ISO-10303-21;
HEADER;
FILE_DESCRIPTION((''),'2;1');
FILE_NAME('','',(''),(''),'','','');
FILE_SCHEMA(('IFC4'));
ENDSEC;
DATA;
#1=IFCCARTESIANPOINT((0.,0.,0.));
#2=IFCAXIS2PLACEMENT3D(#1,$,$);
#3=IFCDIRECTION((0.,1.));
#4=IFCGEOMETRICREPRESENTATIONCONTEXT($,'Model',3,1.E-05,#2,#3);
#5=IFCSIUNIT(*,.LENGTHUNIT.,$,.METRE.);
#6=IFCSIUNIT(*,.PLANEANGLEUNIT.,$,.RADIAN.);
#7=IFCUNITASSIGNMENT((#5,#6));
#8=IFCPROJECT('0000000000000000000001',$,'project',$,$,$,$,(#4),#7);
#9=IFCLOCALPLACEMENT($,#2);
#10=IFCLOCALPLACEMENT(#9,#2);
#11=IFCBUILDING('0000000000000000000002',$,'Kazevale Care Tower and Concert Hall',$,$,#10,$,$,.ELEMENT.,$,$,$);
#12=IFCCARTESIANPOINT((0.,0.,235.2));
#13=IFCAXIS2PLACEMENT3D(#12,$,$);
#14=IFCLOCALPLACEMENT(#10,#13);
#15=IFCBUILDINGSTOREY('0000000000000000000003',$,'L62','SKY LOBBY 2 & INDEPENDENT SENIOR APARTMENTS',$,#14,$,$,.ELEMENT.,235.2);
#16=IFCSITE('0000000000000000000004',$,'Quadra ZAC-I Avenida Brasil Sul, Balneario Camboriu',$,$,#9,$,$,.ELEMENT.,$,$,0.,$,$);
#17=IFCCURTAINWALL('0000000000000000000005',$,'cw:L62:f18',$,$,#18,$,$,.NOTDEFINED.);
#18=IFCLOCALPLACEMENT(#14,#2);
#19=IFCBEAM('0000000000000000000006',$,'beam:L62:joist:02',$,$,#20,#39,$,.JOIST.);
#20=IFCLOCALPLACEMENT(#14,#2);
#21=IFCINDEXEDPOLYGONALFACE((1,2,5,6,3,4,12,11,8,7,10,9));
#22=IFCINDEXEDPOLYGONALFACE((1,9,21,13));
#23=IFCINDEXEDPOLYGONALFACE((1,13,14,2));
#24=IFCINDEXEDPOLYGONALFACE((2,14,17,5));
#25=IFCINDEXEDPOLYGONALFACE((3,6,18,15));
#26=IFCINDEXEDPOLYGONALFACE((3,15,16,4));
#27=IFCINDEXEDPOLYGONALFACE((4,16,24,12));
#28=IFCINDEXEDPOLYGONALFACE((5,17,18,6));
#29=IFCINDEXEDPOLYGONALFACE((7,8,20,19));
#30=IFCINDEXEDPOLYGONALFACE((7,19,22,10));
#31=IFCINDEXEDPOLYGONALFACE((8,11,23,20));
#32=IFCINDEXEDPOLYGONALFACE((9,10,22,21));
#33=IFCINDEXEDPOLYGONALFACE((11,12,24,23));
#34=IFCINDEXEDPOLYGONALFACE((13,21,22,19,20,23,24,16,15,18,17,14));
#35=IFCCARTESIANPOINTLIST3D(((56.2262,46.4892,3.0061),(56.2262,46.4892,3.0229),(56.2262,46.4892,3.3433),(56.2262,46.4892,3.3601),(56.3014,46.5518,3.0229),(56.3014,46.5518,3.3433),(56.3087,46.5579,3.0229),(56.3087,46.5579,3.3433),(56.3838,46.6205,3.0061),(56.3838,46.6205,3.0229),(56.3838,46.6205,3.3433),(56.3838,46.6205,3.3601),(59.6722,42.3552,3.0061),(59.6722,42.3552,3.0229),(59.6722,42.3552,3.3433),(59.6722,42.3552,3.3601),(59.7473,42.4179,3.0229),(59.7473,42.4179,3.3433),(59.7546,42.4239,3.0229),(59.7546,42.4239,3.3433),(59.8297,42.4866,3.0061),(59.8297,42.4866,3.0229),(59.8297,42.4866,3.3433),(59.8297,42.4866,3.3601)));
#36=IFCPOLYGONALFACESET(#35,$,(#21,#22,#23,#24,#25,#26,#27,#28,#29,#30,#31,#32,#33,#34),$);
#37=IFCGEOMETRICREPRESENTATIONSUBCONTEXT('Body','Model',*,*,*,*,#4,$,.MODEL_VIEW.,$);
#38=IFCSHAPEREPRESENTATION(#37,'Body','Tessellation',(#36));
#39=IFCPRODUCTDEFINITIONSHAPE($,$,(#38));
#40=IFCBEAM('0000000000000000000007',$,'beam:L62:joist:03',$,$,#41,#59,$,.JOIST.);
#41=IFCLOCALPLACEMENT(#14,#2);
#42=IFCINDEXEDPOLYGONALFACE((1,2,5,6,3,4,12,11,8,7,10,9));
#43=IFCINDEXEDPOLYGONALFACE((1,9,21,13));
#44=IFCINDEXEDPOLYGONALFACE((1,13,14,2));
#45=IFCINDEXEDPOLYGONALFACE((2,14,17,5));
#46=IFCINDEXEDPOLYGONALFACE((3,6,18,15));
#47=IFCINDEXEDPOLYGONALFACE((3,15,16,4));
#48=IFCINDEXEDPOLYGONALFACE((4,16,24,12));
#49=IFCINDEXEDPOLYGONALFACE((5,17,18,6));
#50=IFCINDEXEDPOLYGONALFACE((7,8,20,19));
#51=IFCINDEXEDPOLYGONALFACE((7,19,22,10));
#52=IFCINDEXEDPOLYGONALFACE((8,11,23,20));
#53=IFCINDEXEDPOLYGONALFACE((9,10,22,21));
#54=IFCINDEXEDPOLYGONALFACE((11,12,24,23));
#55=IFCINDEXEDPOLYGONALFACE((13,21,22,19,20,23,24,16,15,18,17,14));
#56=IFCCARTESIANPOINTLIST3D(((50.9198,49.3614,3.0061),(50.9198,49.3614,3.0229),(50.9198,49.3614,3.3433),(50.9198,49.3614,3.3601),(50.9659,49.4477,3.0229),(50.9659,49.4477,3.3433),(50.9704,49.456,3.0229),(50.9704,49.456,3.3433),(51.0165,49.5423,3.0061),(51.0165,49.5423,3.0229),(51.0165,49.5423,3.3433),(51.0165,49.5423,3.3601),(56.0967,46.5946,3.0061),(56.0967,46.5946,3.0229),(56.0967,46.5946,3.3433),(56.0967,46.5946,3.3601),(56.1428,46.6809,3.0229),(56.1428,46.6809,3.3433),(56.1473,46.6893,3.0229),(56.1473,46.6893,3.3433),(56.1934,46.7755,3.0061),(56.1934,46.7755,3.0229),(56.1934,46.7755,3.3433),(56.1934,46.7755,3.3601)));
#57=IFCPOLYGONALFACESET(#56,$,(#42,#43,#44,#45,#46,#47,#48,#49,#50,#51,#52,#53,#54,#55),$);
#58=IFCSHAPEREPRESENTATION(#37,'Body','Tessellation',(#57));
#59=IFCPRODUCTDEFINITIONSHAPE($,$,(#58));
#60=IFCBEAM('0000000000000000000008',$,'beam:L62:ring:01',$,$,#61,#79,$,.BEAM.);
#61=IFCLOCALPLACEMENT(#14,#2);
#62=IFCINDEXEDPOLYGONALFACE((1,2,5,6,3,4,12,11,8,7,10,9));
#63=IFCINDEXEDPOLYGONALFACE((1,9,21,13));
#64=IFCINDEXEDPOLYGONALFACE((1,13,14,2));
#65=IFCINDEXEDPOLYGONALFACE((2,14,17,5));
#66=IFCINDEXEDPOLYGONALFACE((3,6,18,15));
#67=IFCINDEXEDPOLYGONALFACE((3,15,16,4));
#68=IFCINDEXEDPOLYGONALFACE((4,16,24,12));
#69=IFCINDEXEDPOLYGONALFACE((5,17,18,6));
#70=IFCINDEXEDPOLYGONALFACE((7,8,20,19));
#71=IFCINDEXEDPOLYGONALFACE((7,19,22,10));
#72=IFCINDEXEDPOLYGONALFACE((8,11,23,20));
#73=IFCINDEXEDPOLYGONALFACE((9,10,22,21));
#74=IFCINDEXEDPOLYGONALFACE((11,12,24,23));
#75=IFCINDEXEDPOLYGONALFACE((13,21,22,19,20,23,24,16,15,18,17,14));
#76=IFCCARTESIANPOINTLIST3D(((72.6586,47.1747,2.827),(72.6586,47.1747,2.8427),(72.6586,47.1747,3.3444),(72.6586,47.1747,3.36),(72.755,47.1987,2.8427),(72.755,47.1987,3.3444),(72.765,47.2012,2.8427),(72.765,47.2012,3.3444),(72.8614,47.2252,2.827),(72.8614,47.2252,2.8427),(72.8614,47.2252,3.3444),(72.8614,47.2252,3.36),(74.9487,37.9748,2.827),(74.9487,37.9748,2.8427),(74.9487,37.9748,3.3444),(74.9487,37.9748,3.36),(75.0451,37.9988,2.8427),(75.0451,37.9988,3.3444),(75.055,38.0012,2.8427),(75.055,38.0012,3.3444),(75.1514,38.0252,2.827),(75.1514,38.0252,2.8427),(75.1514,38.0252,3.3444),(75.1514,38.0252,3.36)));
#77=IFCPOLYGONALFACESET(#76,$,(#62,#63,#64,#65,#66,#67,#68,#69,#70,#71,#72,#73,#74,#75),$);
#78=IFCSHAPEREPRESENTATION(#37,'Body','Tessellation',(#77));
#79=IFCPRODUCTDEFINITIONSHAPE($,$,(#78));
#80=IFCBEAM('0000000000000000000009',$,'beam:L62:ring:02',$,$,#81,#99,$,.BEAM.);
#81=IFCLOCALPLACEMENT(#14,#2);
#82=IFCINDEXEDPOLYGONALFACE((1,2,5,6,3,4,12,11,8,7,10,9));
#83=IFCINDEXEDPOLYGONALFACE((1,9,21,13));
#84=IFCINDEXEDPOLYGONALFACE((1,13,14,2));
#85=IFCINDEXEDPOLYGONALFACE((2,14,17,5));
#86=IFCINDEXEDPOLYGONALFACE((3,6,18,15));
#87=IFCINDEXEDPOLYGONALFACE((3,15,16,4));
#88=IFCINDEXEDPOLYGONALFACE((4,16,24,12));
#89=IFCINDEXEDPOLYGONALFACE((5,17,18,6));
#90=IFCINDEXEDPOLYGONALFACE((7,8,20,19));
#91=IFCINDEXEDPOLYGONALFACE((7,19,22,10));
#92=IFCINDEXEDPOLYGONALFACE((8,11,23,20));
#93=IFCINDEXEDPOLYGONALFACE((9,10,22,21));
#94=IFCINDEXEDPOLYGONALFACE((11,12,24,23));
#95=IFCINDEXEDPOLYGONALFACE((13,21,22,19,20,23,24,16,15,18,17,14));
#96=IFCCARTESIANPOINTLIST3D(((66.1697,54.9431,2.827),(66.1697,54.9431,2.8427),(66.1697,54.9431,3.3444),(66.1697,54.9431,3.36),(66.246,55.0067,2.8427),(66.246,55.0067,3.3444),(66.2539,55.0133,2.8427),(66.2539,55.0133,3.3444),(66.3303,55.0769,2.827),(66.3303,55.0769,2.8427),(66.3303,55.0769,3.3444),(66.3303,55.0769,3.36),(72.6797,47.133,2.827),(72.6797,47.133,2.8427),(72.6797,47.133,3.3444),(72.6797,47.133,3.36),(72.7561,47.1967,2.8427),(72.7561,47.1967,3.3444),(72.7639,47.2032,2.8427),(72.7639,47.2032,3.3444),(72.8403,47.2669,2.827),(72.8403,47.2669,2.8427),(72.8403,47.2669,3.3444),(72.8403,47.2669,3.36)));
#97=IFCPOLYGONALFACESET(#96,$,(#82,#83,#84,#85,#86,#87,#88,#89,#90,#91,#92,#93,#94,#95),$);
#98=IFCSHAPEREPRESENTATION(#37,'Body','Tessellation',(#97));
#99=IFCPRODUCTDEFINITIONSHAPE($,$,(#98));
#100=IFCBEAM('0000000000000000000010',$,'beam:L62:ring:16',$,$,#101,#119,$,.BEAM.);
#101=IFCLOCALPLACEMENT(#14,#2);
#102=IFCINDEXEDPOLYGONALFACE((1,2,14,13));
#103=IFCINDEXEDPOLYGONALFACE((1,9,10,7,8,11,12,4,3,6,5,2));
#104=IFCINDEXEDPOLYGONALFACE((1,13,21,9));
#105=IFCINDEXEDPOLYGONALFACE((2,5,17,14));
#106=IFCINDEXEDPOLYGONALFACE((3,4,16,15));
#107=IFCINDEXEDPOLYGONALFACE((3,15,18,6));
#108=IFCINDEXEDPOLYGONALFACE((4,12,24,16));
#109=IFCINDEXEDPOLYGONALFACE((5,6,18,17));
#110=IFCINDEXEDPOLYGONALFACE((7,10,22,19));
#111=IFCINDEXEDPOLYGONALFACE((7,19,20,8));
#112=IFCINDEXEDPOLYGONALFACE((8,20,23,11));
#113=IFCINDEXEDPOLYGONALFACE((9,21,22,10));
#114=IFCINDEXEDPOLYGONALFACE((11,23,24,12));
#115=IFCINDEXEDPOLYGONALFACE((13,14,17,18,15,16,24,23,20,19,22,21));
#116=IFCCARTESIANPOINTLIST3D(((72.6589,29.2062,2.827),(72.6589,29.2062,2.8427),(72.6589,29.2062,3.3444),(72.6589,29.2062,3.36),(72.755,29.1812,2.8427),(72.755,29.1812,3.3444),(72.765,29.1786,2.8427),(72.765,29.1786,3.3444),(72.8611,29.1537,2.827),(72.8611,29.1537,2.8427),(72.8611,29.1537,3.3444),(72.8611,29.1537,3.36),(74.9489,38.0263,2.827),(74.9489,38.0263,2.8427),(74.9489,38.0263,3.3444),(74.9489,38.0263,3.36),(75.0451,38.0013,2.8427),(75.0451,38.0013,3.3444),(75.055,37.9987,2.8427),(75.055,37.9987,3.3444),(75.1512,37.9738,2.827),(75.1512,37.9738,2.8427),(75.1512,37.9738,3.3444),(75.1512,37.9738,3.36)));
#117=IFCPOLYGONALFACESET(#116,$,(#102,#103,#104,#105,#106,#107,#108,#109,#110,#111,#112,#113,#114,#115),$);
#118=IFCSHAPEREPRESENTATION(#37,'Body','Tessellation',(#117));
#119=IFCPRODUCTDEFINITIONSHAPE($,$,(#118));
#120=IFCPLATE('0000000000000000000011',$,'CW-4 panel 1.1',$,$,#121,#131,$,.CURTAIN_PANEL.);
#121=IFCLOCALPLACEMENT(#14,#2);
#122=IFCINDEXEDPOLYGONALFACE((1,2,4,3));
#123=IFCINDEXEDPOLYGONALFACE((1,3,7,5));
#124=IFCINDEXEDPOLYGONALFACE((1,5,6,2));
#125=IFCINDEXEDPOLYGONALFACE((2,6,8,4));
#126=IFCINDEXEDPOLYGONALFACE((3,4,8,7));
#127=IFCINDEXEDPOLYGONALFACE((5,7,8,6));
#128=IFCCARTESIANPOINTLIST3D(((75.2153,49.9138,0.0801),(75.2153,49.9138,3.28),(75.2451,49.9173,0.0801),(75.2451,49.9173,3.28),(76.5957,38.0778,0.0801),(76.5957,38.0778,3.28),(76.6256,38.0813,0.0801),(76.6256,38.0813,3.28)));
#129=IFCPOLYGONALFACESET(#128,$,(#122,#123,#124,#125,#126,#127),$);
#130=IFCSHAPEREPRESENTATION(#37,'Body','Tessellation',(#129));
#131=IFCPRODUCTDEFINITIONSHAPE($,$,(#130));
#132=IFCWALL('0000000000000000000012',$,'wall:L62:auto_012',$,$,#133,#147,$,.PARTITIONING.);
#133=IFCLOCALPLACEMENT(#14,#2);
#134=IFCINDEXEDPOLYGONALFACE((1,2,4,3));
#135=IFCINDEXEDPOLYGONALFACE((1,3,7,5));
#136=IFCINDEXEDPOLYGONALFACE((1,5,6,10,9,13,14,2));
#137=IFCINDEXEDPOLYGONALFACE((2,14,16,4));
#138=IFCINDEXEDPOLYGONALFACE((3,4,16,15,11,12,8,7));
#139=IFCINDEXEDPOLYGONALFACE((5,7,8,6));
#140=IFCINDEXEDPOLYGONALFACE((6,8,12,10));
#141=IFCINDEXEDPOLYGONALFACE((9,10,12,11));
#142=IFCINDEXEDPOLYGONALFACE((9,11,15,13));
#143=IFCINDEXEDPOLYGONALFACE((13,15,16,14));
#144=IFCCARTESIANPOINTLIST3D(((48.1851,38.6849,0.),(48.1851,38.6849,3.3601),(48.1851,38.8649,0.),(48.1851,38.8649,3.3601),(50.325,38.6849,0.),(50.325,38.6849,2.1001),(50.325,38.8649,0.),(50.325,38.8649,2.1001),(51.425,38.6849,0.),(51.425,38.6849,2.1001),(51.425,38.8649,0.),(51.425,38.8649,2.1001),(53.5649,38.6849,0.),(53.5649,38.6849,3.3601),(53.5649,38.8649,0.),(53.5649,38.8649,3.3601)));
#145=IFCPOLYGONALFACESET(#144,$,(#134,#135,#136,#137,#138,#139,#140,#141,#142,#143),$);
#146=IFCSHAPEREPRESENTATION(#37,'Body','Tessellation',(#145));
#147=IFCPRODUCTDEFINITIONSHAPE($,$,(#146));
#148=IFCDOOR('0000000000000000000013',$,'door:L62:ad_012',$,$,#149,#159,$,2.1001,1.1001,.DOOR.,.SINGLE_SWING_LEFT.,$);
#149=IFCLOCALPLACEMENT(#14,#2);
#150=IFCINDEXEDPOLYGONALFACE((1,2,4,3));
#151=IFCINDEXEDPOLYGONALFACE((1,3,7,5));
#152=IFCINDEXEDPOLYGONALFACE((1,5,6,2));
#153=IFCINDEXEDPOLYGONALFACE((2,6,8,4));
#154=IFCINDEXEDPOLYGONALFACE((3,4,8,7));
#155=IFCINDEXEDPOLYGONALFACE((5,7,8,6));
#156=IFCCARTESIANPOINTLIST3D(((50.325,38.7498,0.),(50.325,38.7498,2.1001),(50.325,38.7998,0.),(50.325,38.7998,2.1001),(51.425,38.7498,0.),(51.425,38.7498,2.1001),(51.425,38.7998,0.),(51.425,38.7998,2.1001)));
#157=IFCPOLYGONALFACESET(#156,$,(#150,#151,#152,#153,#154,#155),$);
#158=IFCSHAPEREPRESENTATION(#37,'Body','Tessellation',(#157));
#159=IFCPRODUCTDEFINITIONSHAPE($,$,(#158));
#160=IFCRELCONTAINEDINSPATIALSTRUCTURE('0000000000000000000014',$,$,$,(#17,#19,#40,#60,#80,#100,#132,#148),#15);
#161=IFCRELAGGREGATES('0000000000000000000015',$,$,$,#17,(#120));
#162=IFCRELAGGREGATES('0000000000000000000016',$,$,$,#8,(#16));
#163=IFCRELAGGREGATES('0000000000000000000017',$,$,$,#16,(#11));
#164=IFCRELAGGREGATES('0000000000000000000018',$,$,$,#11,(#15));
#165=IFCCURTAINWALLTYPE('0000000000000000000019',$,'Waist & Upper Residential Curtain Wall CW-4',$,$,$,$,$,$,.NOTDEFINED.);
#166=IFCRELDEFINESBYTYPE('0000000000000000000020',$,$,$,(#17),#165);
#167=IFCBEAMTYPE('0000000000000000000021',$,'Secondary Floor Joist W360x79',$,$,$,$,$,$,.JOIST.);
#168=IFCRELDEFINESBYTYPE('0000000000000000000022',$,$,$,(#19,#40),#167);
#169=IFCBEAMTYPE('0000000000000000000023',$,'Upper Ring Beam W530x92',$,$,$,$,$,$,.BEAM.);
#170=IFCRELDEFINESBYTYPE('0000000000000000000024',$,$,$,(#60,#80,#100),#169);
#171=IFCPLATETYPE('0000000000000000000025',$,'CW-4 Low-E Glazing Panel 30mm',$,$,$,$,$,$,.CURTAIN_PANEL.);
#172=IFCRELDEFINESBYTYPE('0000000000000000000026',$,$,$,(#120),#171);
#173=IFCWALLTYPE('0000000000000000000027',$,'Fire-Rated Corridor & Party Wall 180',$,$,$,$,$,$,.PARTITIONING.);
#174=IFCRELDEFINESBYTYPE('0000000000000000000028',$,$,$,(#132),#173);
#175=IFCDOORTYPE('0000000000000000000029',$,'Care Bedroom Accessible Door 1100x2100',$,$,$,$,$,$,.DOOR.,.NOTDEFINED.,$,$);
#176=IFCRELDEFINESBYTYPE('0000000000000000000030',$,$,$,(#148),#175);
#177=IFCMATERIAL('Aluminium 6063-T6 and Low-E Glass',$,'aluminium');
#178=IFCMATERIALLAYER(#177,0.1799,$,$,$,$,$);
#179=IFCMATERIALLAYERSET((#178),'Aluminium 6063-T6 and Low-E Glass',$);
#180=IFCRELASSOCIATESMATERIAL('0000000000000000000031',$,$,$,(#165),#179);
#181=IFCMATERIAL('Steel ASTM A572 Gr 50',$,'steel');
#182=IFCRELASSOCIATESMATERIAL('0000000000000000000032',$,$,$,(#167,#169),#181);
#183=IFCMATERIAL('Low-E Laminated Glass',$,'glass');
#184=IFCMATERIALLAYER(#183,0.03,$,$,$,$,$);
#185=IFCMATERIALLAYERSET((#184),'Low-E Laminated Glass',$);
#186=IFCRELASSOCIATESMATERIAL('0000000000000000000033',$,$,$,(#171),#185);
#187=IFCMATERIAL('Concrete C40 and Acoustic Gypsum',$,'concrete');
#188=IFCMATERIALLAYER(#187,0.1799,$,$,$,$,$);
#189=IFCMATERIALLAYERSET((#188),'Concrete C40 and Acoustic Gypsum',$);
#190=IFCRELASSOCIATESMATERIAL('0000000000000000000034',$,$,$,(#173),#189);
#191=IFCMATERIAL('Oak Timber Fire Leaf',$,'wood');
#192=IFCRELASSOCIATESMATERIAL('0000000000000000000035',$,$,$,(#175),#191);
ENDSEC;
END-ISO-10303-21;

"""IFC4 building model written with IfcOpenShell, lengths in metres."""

from ifc_helpers import new_model, si_unit, direction, frame, frame_2d, origin, origin_2d, place, context, subcontext, project, spatial, rectangle, i_section, extrude, material, layer, layer_set, material_profile, profile_set, type_object, element, fill, aggregate, save


model = new_model("IFC4")

# Units and contexts
model_context = context("Model", 3, precision=1e-05, world=origin(), true_north=direction((0.0, 1.0)))
body_context = subcontext(model_context, "Body", "Model", "MODEL_VIEW")
ifc_project = project(units=[si_unit("LENGTHUNIT", "METRE"), si_unit("PLANEANGLEUNIT", "RADIAN")], contexts=[model_context])

# Site, building, storey
site_placement = place(None, origin())
site = spatial("IfcSite", under=ifc_project, at=site_placement, Name="Quadra ZAC-I Avenida Brasil Sul, Balneario Camboriu", CompositionType="ELEMENT", RefElevation=0.0)
building_placement = place(site_placement, origin())
building = spatial("IfcBuilding", under=site, at=building_placement, Name="Kazevale Care Tower and Concert Hall", CompositionType="ELEMENT")
storey_placement = place(building_placement, frame((0.0, 0.0, 235.2)))
storey = spatial("IfcBuildingStorey", under=building, at=storey_placement, Name="L62", Description="SKY LOBBY 2 & INDEPENDENT SENIOR APARTMENTS", CompositionType="ELEMENT", Elevation=235.2)

# Curtain wall
ifc_material_1 = material(Name="Aluminium 6063-T6 and Low-E Glass", Category="aluminium")
ifc_layer_1 = layer(ifc_material_1, 0.1799)
ifc_layer_set_1 = layer_set([ifc_layer_1], Name="Aluminium 6063-T6 and Low-E Glass")
curtain_wall_type = type_object("IfcCurtainWallType", Name="Waist & Upper Residential Curtain Wall CW-4", PredefinedType="NOTDEFINED", material=ifc_layer_set_1)
curtain_wall_placement = place(storey_placement, origin())
curtain_wall = element("IfcCurtainWall", 1, at=curtain_wall_placement, inside=storey, type_object=curtain_wall_type, Name="cw:L62:f18", PredefinedType="NOTDEFINED")

# Beams
ifc_material_2 = material(Name="Steel ASTM A572 Gr 50", Category="steel")
ifc_material_profile_1 = material_profile(ifc_material_2, i_section(OverallWidth=0.2051, OverallDepth=0.354, WebThickness=0.0095, FlangeThickness=0.0168, at=origin_2d()), Name="W360x79")
ifc_profile_set_1 = profile_set([ifc_material_profile_1], Name="Steel ASTM A572 Gr 50")
beam_type_1 = type_object("IfcBeamType", Name="Secondary Floor Joist W360x79", PredefinedType="JOIST", material=ifc_profile_set_1)
beam_1_placement = place(storey_placement, frame((59.751, 42.4209, 3.1831), z_axis=(-0.640296, 0.768128, 0.0), x_axis=(-0.768128, -0.640296, 0.0)))
element("IfcBeam", 2, at=beam_1_placement, inside=storey, type_object=beam_type_1, Name="beam:L62:joist:02", PredefinedType="JOIST", context=body_context, shape_type="SweptSolid", body=[
    extrude(i_section(OverallWidth=0.2051, OverallDepth=0.354, WebThickness=0.0095, FlangeThickness=0.0168, at=origin_2d()), origin(), (0.0, 0.0, 1.0), 5.3818),
])
beam_2_placement = place(storey_placement, frame((56.145, 46.6851, 3.1831), z_axis=(-0.881944, 0.471354, 0.0), x_axis=(-0.471354, -0.881944, 0.0)))
element("IfcBeam", 3, at=beam_2_placement, inside=storey, type_object=beam_type_1, Name="beam:L62:joist:03", PredefinedType="JOIST", context=body_context, shape_type="SweptSolid", body=[
    extrude(i_section(OverallWidth=0.2051, OverallDepth=0.354, WebThickness=0.0095, FlangeThickness=0.0168, at=origin_2d()), origin(), (0.0, 0.0, 1.0), 5.8699),
])
ifc_material_profile_2 = material_profile(ifc_material_2, i_section(OverallWidth=0.209, OverallDepth=0.533, WebThickness=0.0103, FlangeThickness=0.0156, at=origin_2d()), Name="W530x92")
ifc_profile_set_2 = profile_set([ifc_material_profile_2], Name="Steel ASTM A572 Gr 50")
beam_type_2 = type_object("IfcBeamType", Name="Upper Ring Beam W530x92", PredefinedType="BEAM", material=ifc_profile_set_2)
beam_3_placement = place(storey_placement, frame((75.05, 38.0, 3.0935), z_axis=(-0.241548, 0.970389, 0.0), x_axis=(-0.970389, -0.241548, 0.0)))
element("IfcBeam", 4, at=beam_3_placement, inside=storey, type_object=beam_type_2, Name="beam:L62:ring:01", PredefinedType="BEAM", context=body_context, shape_type="SweptSolid", body=[
    extrude(i_section(OverallWidth=0.209, OverallDepth=0.533, WebThickness=0.0103, FlangeThickness=0.0156, at=origin_2d()), origin(), (0.0, 0.0, 1.0), 9.4807),
])
beam_4_placement = place(storey_placement, frame((72.76, 47.2, 3.0935), z_axis=(-0.640279, 0.768143, 0.0), x_axis=(-0.768143, -0.640279, 0.0)))
element("IfcBeam", 5, at=beam_4_placement, inside=storey, type_object=beam_type_2, Name="beam:L62:ring:02", PredefinedType="BEAM", context=body_context, shape_type="SweptSolid", body=[
    extrude(i_section(OverallWidth=0.209, OverallDepth=0.533, WebThickness=0.0103, FlangeThickness=0.0156, at=origin_2d()), origin(), (0.0, 0.0, 1.0), 10.1675),
])
beam_5_placement = place(storey_placement, frame((72.76, 29.1799, 3.0935), z_axis=(0.251307, 0.967907, 0.0), x_axis=(-0.967907, 0.251307, 0.0)))
element("IfcBeam", 6, at=beam_5_placement, inside=storey, type_object=beam_type_2, Name="beam:L62:ring:16", PredefinedType="BEAM", context=body_context, shape_type="SweptSolid", body=[
    extrude(i_section(OverallWidth=0.209, OverallDepth=0.533, WebThickness=0.0103, FlangeThickness=0.0156, at=origin_2d()), origin(), (0.0, 0.0, 1.0), 9.1125),
])

# Plate
ifc_material_3 = material(Name="Low-E Laminated Glass", Category="glass")
ifc_layer_2 = layer(ifc_material_3, 0.03)
ifc_layer_set_2 = layer_set([ifc_layer_2], Name="Low-E Laminated Glass")
plate_type = type_object("IfcPlateType", Name="CW-4 Low-E Glazing Panel 30mm", PredefinedType="CURTAIN_PANEL", material=ifc_layer_set_2)
plate_placement = place(storey_placement, frame((75.9204, 43.9976, 0.0801), z_axis=(0.0, 0.0, 1.0), x_axis=(0.115847, -0.993267, 0.0)))
plate = element("IfcPlate", 7, at=plate_placement, type_object=plate_type, Name="CW-4 panel 1.1", PredefinedType="CURTAIN_PANEL", context=body_context, shape_type="SweptSolid", body=[
    extrude(rectangle(XDim=11.9163, YDim=0.03, at=origin_2d()), origin(), (0.0, 0.0, 1.0), 3.2),
])
aggregate(curtain_wall, [plate])

# Wall, opening, door
ifc_material_4 = material(Name="Concrete C40 and Acoustic Gypsum", Category="concrete")
ifc_layer_3 = layer(ifc_material_4, 0.1799)
ifc_layer_set_3 = layer_set([ifc_layer_3], Name="Concrete C40 and Acoustic Gypsum")
wall_type_1 = type_object("IfcWallType", Name="Fire-Rated Corridor & Party Wall 180", PredefinedType="PARTITIONING", material=ifc_layer_set_3)
wall_1_placement = place(storey_placement, frame((48.1851, 38.7749, 0.0), z_axis=(0.0, 0.0, 1.0), x_axis=(1.0, 0.0, 0.0)))
wall_1 = element("IfcWall", 8, at=wall_1_placement, inside=storey, type_object=wall_type_1, Name="wall:L62:auto_012", PredefinedType="PARTITIONING", context=body_context, shape_type="SweptSolid", body=[
    extrude(rectangle(XDim=5.3799, YDim=0.1799, at=frame_2d((2.6899, 0.0))), origin(), (0.0, 0.0, 1.0), 3.3601),
])
opening_1_placement = place(wall_1_placement, frame((2.1399, 0.0, 0.0)))
opening_1 = element("IfcOpeningElement", 9, at=opening_1_placement, cuts=wall_1, PredefinedType="OPENING", context=body_context, shape_type="SweptSolid", body=[
    extrude(rectangle(XDim=1.1001, YDim=2.1001, at=frame_2d((0.55, 1.05))), frame((0.0, 0.0999, 0.0), z_axis=(0.0, -1.0, 0.0), x_axis=(1.0, 0.0, 0.0)), (0.0, 0.0, 1.0), 0.2),
])
ifc_material_5 = material(Name="Oak Timber Fire Leaf", Category="wood")
door_type = type_object("IfcDoorType", Name="Care Bedroom Accessible Door 1100x2100", OperationType="NOTDEFINED", PredefinedType="DOOR", material=ifc_material_5)
door_1_placement = place(opening_1_placement, origin())
door_1 = element("IfcDoor", 10, at=door_1_placement, inside=storey, type_object=door_type, Name="door:L62:ad_012", OperationType="SINGLE_SWING_LEFT", OverallHeight=2.1001, OverallWidth=1.1001, PredefinedType="DOOR", context=body_context, shape_type="SweptSolid", body=[
    extrude(rectangle(XDim=1.1001, YDim=2.1001, at=frame_2d((0.55, 1.05))), frame((0.0, 0.0249, 0.0), z_axis=(0.0, -1.0, 0.0), x_axis=(1.0, 0.0, 0.0)), (0.0, 0.0, 1.0), 0.05),
])
fill(opening_1, door_1)

save(model, "model.ifc")
